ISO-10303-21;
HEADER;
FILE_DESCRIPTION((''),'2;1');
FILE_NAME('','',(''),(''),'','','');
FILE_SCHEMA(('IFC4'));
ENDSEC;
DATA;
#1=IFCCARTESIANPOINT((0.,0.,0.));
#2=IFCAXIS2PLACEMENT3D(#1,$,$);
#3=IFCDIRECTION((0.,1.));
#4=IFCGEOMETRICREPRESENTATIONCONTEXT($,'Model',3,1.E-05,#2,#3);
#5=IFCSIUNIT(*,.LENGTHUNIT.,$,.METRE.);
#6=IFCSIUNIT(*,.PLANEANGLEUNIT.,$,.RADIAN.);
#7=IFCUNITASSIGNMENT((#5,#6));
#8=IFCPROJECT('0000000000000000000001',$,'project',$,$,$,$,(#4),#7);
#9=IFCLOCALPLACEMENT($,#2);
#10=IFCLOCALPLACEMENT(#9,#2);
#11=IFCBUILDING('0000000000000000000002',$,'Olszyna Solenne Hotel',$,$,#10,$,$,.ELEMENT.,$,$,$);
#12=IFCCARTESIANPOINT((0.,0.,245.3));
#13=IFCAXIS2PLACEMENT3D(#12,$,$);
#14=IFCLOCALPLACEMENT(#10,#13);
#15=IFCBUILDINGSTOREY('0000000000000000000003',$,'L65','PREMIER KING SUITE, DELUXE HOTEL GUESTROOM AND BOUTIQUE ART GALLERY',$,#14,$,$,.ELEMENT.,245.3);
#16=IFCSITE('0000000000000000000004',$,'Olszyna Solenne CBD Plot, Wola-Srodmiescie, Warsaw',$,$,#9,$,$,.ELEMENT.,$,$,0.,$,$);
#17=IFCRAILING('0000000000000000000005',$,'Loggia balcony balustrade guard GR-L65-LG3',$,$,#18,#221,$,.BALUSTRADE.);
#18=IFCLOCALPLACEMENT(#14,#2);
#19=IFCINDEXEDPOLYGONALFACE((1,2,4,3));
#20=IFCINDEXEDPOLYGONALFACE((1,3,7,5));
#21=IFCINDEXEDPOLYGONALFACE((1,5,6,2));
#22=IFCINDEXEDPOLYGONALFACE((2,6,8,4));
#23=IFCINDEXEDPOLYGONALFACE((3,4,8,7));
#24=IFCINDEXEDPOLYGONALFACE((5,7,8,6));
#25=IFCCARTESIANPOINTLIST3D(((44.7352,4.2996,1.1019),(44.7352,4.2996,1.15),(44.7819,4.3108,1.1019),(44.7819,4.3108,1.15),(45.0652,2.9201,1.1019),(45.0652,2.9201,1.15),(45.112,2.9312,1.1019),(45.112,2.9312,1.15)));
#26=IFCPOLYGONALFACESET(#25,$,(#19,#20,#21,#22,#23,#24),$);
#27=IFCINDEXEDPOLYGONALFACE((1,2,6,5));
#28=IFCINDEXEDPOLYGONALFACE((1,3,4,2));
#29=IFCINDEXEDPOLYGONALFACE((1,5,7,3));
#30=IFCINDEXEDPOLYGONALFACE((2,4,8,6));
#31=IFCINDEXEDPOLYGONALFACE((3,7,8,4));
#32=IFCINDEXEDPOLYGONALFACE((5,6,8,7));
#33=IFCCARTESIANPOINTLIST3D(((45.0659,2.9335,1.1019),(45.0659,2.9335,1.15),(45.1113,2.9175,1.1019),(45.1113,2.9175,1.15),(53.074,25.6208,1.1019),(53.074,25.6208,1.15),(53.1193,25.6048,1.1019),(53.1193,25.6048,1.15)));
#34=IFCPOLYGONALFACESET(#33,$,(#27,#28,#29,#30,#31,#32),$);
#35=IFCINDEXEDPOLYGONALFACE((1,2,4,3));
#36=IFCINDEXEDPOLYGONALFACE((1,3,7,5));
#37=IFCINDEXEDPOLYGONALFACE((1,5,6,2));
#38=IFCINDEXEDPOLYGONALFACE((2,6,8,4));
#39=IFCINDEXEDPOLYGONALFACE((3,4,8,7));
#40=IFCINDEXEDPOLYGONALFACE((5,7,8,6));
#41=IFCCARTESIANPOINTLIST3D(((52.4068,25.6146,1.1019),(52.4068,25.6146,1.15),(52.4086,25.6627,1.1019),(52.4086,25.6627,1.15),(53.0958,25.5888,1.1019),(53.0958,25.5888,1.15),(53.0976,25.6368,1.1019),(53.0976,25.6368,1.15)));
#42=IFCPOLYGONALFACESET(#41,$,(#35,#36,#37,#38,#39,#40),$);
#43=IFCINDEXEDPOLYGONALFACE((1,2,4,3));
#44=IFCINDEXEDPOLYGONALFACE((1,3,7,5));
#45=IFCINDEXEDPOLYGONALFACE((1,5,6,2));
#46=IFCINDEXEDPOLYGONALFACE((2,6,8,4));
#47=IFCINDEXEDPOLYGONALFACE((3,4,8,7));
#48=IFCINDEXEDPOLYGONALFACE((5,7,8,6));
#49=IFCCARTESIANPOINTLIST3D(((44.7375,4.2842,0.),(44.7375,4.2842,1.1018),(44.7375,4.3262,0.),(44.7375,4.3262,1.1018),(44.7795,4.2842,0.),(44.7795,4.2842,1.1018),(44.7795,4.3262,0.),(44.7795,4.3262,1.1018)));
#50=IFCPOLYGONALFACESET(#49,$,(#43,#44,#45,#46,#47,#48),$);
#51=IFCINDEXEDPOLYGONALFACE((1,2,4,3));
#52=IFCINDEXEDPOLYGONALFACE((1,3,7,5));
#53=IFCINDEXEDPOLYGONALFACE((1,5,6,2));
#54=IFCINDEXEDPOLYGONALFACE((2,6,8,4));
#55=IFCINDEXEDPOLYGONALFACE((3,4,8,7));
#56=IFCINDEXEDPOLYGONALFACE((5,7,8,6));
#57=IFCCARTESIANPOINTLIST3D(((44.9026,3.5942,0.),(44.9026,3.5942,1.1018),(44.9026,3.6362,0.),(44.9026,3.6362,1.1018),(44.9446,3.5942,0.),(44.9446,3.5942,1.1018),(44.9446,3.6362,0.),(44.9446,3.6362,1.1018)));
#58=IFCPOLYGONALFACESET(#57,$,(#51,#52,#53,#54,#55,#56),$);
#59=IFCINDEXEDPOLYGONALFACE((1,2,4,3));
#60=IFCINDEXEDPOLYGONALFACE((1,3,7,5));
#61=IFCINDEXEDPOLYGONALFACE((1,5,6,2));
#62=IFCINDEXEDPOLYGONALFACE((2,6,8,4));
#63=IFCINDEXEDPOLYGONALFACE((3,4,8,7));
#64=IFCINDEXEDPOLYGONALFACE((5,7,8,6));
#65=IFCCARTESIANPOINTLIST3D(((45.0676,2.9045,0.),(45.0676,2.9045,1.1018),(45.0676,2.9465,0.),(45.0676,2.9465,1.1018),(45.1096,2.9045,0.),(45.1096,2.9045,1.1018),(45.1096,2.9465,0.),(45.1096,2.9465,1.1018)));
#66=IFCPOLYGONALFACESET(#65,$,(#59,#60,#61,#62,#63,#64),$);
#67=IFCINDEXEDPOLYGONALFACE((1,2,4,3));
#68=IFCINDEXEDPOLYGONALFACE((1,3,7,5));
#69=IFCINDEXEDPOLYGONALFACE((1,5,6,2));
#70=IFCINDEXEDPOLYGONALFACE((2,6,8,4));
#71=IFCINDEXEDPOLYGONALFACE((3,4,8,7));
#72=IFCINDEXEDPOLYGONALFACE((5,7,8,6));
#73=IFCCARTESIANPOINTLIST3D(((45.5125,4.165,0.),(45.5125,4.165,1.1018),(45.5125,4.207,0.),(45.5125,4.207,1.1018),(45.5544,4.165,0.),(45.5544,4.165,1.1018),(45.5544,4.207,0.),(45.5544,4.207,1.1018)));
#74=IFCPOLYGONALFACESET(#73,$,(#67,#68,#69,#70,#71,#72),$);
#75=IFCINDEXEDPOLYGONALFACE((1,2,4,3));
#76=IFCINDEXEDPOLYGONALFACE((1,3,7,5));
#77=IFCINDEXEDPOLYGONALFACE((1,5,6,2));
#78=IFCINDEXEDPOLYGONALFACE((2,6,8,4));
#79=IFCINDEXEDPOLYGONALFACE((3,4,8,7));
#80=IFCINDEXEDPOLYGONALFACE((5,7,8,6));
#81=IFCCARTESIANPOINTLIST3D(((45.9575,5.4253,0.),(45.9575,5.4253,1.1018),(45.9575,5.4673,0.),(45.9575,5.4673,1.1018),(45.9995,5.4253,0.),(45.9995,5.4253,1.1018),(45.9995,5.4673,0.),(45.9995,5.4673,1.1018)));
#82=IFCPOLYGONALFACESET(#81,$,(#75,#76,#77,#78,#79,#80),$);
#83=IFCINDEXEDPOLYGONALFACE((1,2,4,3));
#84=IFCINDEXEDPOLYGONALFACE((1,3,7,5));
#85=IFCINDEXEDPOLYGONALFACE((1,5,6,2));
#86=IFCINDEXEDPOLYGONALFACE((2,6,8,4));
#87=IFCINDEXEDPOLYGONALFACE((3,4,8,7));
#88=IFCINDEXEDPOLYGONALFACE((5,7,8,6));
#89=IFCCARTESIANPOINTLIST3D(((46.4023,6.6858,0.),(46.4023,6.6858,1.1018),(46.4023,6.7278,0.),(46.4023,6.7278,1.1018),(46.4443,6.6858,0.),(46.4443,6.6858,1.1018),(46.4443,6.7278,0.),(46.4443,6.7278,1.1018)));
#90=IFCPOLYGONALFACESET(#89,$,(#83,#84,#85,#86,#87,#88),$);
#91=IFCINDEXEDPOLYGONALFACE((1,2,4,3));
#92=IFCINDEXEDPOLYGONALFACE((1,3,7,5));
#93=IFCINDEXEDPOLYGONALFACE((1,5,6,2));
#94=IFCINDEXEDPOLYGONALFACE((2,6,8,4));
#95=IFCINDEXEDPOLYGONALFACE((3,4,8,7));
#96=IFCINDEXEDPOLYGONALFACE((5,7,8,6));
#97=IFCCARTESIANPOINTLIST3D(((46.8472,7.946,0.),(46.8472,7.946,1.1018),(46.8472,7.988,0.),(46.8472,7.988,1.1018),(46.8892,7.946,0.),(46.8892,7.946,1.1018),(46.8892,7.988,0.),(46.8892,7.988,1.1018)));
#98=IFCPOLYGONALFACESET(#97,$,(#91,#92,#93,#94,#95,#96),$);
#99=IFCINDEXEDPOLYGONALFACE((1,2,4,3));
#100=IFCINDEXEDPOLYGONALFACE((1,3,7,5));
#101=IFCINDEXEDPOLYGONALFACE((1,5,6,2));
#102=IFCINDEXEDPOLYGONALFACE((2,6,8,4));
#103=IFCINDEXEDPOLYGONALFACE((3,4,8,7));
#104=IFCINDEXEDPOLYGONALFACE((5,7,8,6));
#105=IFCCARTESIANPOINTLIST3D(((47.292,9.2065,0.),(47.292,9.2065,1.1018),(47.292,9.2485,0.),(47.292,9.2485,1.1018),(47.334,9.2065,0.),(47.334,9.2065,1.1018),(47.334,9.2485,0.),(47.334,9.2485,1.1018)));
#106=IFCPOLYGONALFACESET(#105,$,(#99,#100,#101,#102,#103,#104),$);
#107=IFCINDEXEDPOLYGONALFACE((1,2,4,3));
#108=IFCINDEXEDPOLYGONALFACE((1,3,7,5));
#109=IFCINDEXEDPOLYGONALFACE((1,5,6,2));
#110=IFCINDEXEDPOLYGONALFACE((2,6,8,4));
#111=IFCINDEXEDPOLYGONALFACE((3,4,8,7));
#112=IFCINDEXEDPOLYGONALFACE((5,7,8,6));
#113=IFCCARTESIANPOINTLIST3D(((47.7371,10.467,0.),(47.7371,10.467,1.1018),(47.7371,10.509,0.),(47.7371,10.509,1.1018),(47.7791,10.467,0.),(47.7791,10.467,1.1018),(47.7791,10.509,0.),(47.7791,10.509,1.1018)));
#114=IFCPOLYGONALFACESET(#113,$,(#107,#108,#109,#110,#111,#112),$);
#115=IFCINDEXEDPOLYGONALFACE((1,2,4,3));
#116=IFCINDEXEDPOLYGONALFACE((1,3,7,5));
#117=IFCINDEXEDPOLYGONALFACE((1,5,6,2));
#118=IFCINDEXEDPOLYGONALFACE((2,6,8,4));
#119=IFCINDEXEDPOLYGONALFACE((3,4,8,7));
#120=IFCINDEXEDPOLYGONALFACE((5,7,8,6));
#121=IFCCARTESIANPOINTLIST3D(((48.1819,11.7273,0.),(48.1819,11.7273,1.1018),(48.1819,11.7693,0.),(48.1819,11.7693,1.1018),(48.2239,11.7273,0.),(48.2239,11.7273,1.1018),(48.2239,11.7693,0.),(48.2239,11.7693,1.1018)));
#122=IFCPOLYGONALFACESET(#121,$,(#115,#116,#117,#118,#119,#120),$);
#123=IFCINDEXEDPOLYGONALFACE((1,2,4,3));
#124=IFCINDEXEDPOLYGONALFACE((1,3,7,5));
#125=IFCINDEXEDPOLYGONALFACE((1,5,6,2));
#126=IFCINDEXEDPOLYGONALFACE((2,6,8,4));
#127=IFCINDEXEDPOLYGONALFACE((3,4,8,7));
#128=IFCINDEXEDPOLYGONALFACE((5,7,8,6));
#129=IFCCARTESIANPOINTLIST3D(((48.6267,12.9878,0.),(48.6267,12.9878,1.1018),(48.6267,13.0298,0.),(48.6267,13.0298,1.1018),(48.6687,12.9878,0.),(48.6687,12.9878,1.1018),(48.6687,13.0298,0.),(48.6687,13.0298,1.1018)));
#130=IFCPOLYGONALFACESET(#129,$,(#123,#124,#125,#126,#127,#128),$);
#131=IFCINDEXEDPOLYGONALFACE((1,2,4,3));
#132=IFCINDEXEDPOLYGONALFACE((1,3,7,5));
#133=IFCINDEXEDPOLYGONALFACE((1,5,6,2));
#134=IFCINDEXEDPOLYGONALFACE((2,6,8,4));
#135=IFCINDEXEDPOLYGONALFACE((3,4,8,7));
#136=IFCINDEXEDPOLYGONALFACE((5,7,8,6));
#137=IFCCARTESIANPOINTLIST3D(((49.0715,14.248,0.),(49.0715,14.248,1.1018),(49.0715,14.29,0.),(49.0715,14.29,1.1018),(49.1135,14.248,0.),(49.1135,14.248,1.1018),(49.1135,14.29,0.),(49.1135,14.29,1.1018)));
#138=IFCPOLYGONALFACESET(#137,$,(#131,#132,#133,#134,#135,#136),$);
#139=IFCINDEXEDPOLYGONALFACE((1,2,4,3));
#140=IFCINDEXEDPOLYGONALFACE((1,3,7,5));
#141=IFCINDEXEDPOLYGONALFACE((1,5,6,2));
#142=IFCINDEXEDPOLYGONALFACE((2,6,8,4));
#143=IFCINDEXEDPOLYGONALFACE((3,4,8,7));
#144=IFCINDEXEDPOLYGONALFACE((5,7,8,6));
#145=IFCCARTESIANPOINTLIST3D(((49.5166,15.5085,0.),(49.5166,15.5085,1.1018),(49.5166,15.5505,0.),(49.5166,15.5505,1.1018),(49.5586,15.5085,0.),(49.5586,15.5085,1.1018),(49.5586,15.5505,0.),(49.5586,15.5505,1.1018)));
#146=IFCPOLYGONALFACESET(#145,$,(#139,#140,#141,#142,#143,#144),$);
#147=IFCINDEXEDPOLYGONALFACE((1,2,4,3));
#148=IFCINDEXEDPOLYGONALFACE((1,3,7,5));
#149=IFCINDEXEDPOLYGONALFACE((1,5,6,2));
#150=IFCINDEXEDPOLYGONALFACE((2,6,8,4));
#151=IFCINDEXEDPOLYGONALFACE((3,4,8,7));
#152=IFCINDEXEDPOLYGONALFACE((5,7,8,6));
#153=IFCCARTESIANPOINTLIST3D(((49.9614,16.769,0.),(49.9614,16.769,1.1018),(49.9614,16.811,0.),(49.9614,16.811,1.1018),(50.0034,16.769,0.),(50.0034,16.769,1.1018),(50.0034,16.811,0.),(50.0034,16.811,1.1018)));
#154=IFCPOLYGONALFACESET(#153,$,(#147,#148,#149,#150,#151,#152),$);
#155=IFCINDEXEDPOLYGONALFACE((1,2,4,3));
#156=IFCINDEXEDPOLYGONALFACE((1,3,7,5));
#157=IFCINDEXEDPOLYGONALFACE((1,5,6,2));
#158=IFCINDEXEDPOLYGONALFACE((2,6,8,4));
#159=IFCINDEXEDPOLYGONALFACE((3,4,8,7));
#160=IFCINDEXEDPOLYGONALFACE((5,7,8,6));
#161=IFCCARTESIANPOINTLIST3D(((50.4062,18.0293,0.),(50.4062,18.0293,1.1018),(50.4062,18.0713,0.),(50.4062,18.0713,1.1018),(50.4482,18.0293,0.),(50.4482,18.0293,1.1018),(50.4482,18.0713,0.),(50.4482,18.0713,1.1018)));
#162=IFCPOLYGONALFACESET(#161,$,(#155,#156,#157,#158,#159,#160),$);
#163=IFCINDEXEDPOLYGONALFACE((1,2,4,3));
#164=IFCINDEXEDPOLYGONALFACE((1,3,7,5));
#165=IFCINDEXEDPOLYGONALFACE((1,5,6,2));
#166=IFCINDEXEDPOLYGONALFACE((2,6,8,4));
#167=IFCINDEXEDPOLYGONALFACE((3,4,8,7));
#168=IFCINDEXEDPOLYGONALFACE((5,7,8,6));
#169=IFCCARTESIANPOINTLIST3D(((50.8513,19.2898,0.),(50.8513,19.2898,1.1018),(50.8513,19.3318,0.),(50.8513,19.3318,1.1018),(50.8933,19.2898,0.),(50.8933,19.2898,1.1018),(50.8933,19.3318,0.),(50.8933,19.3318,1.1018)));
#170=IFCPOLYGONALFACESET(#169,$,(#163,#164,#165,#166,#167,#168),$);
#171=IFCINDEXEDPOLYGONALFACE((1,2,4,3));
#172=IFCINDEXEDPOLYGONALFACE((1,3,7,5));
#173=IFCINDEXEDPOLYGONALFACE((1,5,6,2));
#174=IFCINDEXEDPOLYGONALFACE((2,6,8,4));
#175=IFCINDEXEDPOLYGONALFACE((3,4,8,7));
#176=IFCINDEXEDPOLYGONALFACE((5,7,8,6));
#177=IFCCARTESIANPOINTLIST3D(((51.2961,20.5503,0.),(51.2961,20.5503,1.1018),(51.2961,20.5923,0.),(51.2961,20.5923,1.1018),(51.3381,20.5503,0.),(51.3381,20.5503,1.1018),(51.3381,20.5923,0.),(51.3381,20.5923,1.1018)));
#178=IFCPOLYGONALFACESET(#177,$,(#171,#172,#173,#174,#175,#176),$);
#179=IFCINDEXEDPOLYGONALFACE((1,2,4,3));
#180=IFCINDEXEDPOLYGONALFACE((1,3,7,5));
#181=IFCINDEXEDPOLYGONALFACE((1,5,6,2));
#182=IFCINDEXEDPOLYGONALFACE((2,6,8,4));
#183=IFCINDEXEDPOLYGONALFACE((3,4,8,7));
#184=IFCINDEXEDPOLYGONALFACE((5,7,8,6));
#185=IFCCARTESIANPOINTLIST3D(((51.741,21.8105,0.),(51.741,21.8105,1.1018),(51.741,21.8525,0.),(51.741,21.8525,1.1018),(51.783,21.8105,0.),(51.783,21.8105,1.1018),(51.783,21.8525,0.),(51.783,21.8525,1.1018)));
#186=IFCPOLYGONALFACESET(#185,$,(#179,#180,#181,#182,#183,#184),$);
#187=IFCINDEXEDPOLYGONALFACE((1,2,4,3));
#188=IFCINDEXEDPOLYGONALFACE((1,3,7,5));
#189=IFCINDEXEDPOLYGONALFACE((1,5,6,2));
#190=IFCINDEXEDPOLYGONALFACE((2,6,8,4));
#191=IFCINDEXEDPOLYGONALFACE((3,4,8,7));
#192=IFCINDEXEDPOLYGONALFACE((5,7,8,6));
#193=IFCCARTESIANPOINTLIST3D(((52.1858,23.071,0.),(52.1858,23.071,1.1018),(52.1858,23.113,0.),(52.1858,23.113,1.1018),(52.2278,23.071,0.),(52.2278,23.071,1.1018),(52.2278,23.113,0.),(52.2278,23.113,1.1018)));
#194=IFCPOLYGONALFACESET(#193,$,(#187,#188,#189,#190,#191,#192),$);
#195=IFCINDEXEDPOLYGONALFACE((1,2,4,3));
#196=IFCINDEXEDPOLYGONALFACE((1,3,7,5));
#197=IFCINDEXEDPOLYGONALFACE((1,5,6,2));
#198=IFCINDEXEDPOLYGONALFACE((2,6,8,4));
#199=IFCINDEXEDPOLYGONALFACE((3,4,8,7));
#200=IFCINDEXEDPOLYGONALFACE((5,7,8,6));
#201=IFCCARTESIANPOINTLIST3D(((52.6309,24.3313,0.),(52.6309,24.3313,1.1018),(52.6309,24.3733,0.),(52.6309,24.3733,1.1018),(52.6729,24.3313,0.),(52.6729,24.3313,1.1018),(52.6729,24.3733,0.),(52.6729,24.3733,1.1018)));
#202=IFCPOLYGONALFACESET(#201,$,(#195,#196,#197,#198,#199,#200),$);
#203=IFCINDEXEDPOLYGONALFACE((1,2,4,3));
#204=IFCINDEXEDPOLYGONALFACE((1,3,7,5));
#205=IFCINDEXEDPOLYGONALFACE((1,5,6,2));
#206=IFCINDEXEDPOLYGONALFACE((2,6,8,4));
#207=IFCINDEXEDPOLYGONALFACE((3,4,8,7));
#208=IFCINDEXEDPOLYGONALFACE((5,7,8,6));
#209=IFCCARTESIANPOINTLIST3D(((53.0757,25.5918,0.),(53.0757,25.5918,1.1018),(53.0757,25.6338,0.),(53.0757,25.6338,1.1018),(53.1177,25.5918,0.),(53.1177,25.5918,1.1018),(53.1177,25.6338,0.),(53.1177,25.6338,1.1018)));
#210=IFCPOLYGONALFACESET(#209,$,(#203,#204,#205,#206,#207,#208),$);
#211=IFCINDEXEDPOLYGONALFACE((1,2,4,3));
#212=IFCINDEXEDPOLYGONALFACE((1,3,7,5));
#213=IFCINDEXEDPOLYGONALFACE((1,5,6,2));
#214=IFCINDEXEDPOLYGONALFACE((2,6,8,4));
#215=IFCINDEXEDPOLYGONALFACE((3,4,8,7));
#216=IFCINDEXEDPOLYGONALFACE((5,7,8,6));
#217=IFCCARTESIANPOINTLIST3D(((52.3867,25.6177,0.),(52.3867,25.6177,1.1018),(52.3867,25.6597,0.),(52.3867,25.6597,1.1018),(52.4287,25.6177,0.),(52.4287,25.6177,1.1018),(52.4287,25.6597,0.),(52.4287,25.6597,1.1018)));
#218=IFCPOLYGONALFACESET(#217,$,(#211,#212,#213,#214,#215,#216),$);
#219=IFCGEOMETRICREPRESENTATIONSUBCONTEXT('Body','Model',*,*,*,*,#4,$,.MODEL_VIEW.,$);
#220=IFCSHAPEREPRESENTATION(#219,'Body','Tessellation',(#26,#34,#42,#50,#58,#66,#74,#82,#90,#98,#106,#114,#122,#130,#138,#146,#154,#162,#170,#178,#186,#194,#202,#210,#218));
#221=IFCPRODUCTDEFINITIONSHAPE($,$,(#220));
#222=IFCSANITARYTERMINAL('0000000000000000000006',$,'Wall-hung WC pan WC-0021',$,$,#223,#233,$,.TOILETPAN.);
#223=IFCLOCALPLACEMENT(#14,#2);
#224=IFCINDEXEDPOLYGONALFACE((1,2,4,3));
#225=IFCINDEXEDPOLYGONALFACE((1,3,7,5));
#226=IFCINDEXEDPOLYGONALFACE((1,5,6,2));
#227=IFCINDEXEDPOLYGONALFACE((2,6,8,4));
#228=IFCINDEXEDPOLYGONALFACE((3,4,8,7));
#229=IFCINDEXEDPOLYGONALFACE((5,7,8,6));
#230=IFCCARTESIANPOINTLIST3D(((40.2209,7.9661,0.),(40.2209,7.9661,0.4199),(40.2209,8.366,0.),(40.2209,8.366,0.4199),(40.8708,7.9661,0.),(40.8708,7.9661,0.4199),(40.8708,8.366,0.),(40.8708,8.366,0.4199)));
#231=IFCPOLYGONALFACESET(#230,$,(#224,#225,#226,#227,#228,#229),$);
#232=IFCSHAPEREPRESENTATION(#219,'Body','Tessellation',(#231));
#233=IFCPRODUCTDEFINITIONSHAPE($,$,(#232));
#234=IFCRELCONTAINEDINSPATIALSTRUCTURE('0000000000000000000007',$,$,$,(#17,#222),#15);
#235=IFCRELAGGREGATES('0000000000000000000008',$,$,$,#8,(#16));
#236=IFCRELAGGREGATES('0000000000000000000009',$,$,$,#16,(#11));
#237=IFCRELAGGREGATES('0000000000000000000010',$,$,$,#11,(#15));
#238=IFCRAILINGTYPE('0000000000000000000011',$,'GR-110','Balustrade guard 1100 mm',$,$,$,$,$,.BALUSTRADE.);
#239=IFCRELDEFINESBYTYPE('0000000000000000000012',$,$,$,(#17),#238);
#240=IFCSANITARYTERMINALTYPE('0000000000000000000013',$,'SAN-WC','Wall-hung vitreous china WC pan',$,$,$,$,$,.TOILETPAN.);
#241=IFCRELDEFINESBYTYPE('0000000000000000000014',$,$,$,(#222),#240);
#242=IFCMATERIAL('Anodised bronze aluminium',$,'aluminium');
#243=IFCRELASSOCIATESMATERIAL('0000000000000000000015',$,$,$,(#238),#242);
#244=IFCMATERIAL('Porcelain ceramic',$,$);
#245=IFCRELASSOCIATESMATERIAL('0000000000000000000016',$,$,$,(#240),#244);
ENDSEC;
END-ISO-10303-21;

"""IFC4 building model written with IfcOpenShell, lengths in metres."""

from ifc_helpers import new_model, si_unit, direction, frame, origin, origin_2d, place, context, subcontext, project, spatial, rectangle, extrude, source, transform, mapped, material, type_object, element, save


model = new_model("IFC4")

# Units and contexts
model_context = context("Model", 3, precision=1e-05, world=origin(), true_north=direction((0.0, 1.0)))
body_context = subcontext(model_context, "Body", "Model", "MODEL_VIEW")
ifc_project = project(units=[si_unit("LENGTHUNIT", "METRE"), si_unit("PLANEANGLEUNIT", "RADIAN")], contexts=[model_context])

# Site, building, storey
site_placement = place(None, origin())
site = spatial("IfcSite", under=ifc_project, at=site_placement, Name="Olszyna Solenne CBD Plot, Wola-Srodmiescie, Warsaw", CompositionType="ELEMENT", RefElevation=0.0)
building_placement = place(site_placement, origin())
building = spatial("IfcBuilding", under=site, at=building_placement, Name="Olszyna Solenne Hotel", CompositionType="ELEMENT")
storey_placement = place(building_placement, frame((0.0, 0.0, 245.3)))
storey = spatial("IfcBuildingStorey", under=building, at=storey_placement, Name="L65", Description="PREMIER KING SUITE, DELUXE HOTEL GUESTROOM AND BOUTIQUE ART GALLERY", CompositionType="ELEMENT", Elevation=245.3)

# Shared definitions
ifc_material_1 = material(Name="Anodised bronze aluminium", Category="aluminium")

# Railing
railing_type = type_object("IfcRailingType", Name="GR-110", Description="Balustrade guard 1100 mm", PredefinedType="BALUSTRADE", material=ifc_material_1)
railing_placement = place(storey_placement, frame((44.7585, 4.3052, 0.0)))
element("IfcRailing", 1, at=railing_placement, inside=storey, type_object=railing_type, Name="Loggia balcony balustrade guard GR-L65-LG3", PredefinedType="BALUSTRADE", context=body_context, shape_type="SweptSolid", body=[
    extrude(rectangle(XDim=0.0481, YDim=0.0481, at=origin_2d()), frame((0.0, 0.0, 1.126), z_axis=(0.232683, -0.972553, 0.0), x_axis=(0.972553, 0.232683, 0.0)), (0.0, 0.0, 1.0), 1.4185),
    extrude(rectangle(XDim=0.0481, YDim=0.0481, at=origin_2d()), frame((0.3301, -1.3796, 1.126), z_axis=(0.332849, 0.94298, 0.0), x_axis=(-0.94298, 0.332849, 0.0)), (0.0, 0.0, 1.0), 24.0591),
    extrude(rectangle(XDim=0.0481, YDim=0.0481, at=origin_2d()), frame((8.3381, 21.3076, 1.126), z_axis=(-0.999295, 0.037536, 0.0), x_axis=(-0.037536, -0.999295, 0.0)), (0.0, 0.0, 1.0), 0.6895),
    extrude(rectangle(XDim=0.042, YDim=0.042, at=origin_2d()), origin(), (0.0, 0.0, 1.0), 1.1018),
    extrude(rectangle(XDim=0.042, YDim=0.042, at=origin_2d()), frame((0.165, -0.6899, 0.0)), (0.0, 0.0, 1.0), 1.1018),
    extrude(rectangle(XDim=0.042, YDim=0.042, at=origin_2d()), frame((0.3301, -1.3796, 0.0)), (0.0, 0.0, 1.0), 1.1018),
    extrude(rectangle(XDim=0.042, YDim=0.042, at=origin_2d()), frame((0.7749, -0.1191, 0.0)), (0.0, 0.0, 1.0), 1.1018),
    extrude(rectangle(XDim=0.042, YDim=0.042, at=origin_2d()), frame((1.22, 1.1411, 0.0)), (0.0, 0.0, 1.0), 1.1018),
    extrude(rectangle(XDim=0.042, YDim=0.042, at=origin_2d()), frame((1.6648, 2.4016, 0.0)), (0.0, 0.0, 1.0), 1.1018),
    extrude(rectangle(XDim=0.042, YDim=0.042, at=origin_2d()), frame((2.1096, 3.6619, 0.0)), (0.0, 0.0, 1.0), 1.1018),
    extrude(rectangle(XDim=0.042, YDim=0.042, at=origin_2d()), frame((2.5544, 4.9224, 0.0)), (0.0, 0.0, 1.0), 1.1018),
    extrude(rectangle(XDim=0.042, YDim=0.042, at=origin_2d()), frame((2.9995, 6.1829, 0.0)), (0.0, 0.0, 1.0), 1.1018),
    extrude(rectangle(XDim=0.042, YDim=0.042, at=origin_2d()), frame((3.4443, 7.4431, 0.0)), (0.0, 0.0, 1.0), 1.1018),
    extrude(rectangle(XDim=0.042, YDim=0.042, at=origin_2d()), frame((3.8892, 8.7036, 0.0)), (0.0, 0.0, 1.0), 1.1018),
    extrude(rectangle(XDim=0.042, YDim=0.042, at=origin_2d()), frame((4.334, 9.9639, 0.0)), (0.0, 0.0, 1.0), 1.1018),
    extrude(rectangle(XDim=0.042, YDim=0.042, at=origin_2d()), frame((4.7791, 11.2244, 0.0)), (0.0, 0.0, 1.0), 1.1018),
    extrude(rectangle(XDim=0.042, YDim=0.042, at=origin_2d()), frame((5.2239, 12.4849, 0.0)), (0.0, 0.0, 1.0), 1.1018),
    extrude(rectangle(XDim=0.042, YDim=0.042, at=origin_2d()), frame((5.6687, 13.7451, 0.0)), (0.0, 0.0, 1.0), 1.1018),
    extrude(rectangle(XDim=0.042, YDim=0.042, at=origin_2d()), frame((6.1138, 15.0056, 0.0)), (0.0, 0.0, 1.0), 1.1018),
    extrude(rectangle(XDim=0.042, YDim=0.042, at=origin_2d()), frame((6.5586, 16.2661, 0.0)), (0.0, 0.0, 1.0), 1.1018),
    extrude(rectangle(XDim=0.042, YDim=0.042, at=origin_2d()), frame((7.0034, 17.5264, 0.0)), (0.0, 0.0, 1.0), 1.1018),
    extrude(rectangle(XDim=0.042, YDim=0.042, at=origin_2d()), frame((7.4482, 18.7869, 0.0)), (0.0, 0.0, 1.0), 1.1018),
    extrude(rectangle(XDim=0.042, YDim=0.042, at=origin_2d()), frame((7.8933, 20.0471, 0.0)), (0.0, 0.0, 1.0), 1.1018),
    extrude(rectangle(XDim=0.042, YDim=0.042, at=origin_2d()), frame((8.3381, 21.3076, 0.0)), (0.0, 0.0, 1.0), 1.1018),
    extrude(rectangle(XDim=0.042, YDim=0.042, at=origin_2d()), frame((7.6492, 21.3335, 0.0)), (0.0, 0.0, 1.0), 1.1018),
])

# Sanitary terminal
ifc_material_2 = material(Name="Porcelain ceramic")
sanitary_terminal_type_1 = type_object("IfcSanitaryTerminalType", Name="SAN-WC", Description="Wall-hung vitreous china WC pan", PredefinedType="TOILETPAN", material=ifc_material_2)
shared_shape_1 = source(origin(), body_context, "Body", "SweptSolid", [
    extrude(rectangle(XDim=0.6499, YDim=0.3999, at=origin_2d()), origin(), (0.0, 0.0, 1.0), 0.4199),
])
sanitary_terminal_1_placement = place(storey_placement, frame((40.5459, 8.166, 0.0), z_axis=(0.0, 0.0, 1.0), x_axis=(1.0, 0.0, 0.0)))
element("IfcSanitaryTerminal", 2, at=sanitary_terminal_1_placement, inside=storey, type_object=sanitary_terminal_type_1, Name="Wall-hung WC pan WC-0021", PredefinedType="TOILETPAN", context=body_context, shape_type="MappedRepresentation", body=[
    mapped(shared_shape_1, transform((0.0, 0.0, 0.0), x_axis=(1.0, 0.0, 0.0), y_axis=(0.0, 1.0, 0.0), z_axis=(0.0, 0.0, 1.0), scale=1.0)),
])

save(model, "model.ifc")
